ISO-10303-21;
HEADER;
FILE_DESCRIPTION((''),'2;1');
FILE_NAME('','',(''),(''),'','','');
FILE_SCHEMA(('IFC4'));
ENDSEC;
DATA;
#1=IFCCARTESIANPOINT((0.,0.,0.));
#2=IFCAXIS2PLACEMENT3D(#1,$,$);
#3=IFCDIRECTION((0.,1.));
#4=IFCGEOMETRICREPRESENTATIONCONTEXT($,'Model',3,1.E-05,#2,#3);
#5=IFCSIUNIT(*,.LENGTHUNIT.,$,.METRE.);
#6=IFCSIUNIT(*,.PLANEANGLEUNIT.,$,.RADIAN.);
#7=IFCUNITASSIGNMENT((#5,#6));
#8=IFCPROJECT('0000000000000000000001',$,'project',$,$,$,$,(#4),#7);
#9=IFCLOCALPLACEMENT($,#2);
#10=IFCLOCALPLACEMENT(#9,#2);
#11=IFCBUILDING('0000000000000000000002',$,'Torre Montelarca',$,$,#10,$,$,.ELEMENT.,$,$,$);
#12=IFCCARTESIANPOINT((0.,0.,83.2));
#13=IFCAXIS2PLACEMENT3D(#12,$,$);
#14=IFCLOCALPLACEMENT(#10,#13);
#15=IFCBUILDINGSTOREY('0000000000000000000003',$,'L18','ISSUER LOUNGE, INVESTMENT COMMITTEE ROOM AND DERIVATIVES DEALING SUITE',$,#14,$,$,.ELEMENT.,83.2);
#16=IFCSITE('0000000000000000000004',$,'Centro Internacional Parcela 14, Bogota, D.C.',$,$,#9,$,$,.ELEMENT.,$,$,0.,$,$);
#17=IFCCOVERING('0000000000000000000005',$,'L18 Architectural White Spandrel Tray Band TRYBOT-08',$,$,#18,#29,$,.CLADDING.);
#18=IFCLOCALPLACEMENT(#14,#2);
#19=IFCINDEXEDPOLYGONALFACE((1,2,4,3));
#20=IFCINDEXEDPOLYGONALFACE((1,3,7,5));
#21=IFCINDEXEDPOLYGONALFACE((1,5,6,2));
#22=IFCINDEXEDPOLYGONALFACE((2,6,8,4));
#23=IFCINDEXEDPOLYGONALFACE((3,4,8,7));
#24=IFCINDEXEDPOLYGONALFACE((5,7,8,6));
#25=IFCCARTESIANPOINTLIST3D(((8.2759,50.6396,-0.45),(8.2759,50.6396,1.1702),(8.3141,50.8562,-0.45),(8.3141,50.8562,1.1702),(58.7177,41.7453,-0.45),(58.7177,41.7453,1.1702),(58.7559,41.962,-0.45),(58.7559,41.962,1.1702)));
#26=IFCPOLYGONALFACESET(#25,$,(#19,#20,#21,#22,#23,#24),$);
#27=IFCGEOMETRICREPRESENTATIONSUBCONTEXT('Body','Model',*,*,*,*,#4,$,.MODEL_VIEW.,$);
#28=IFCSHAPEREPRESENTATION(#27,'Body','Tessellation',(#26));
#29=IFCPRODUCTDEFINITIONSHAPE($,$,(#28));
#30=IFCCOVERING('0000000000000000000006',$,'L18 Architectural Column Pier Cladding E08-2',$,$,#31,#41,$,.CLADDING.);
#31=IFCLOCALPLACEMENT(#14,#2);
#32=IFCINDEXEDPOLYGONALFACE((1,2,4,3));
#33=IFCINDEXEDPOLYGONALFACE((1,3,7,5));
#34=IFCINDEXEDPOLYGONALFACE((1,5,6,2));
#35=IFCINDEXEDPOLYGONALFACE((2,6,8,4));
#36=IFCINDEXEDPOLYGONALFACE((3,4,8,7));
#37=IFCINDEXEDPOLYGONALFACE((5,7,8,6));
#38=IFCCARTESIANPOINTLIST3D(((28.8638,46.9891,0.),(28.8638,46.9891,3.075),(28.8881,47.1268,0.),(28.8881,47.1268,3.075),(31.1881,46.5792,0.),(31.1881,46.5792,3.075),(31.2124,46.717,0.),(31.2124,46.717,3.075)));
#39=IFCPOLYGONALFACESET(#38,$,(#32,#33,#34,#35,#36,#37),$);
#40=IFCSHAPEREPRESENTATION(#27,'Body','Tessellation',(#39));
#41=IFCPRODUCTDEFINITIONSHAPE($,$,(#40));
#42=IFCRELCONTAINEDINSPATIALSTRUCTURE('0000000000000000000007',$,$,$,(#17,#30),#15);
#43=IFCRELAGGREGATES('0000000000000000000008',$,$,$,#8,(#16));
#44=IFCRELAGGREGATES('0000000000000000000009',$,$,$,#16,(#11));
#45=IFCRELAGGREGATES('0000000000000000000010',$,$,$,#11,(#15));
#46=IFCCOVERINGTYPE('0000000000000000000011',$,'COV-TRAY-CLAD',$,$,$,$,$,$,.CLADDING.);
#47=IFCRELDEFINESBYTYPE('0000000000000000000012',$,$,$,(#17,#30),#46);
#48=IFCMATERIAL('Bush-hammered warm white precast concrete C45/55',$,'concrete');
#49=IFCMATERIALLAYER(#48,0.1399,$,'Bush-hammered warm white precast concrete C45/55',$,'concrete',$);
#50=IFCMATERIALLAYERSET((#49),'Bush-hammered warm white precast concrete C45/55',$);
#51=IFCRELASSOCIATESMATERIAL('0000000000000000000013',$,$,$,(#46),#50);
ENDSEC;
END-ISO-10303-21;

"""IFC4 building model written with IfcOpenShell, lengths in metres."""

from ifc_helpers import new_model, si_unit, direction, frame, origin, origin_2d, place, context, subcontext, project, spatial, rectangle, extrude, source, transform, mapped, material, layer, layer_set, type_object, element, save


model = new_model("IFC4")

# Units and contexts
model_context = context("Model", 3, precision=1e-05, world=origin(), true_north=direction((0.0, 1.0)))
body_context = subcontext(model_context, "Body", "Model", "MODEL_VIEW")
ifc_project = project(units=[si_unit("LENGTHUNIT", "METRE"), si_unit("PLANEANGLEUNIT", "RADIAN")], contexts=[model_context])

# Site, building, storey
site_placement = place(None, origin())
site = spatial("IfcSite", under=ifc_project, at=site_placement, Name="Centro Internacional Parcela 14, Bogota, D.C.", CompositionType="ELEMENT", RefElevation=0.0)
building_placement = place(site_placement, origin())
building = spatial("IfcBuilding", under=site, at=building_placement, Name="Torre Montelarca", CompositionType="ELEMENT")
storey_placement = place(building_placement, frame((0.0, 0.0, 83.2)))
storey = spatial("IfcBuildingStorey", under=building, at=storey_placement, Name="L18", Description="ISSUER LOUNGE, INVESTMENT COMMITTEE ROOM AND DERIVATIVES DEALING SUITE", CompositionType="ELEMENT", Elevation=83.2)

# Coverings
ifc_material_1 = material(Name="Bush-hammered warm white precast concrete C45/55", Category="concrete")
ifc_layer_1 = layer(ifc_material_1, 0.1399, Name="Bush-hammered warm white precast concrete C45/55", Category="concrete")
ifc_layer_set_1 = layer_set([ifc_layer_1], Name="Bush-hammered warm white precast concrete C45/55")
covering_type = type_object("IfcCoveringType", Name="COV-TRAY-CLAD", PredefinedType="CLADDING", material=ifc_layer_set_1)
shared_shape_1 = source(origin(), body_context, "Body", "SweptSolid", [
    extrude(rectangle(XDim=51.22, YDim=0.22, at=origin_2d()), origin(), (0.0, 0.0, 1.0), 1.6201),
])
covering_1_placement = place(storey_placement, frame((33.5159, 46.3008, -0.45), z_axis=(0.0, 0.0, 1.0), x_axis=(-0.984808, 0.173648, 0.0)))
element("IfcCovering", 1, at=covering_1_placement, inside=storey, type_object=covering_type, Name="L18 Architectural White Spandrel Tray Band TRYBOT-08", PredefinedType="CLADDING", context=body_context, shape_type="MappedRepresentation", body=[
    mapped(shared_shape_1, transform((0.0, 0.0, 0.0), scale=1.0)),
])
shared_shape_2 = source(origin(), body_context, "Body", "SweptSolid", [
    extrude(rectangle(XDim=2.3601, YDim=0.1399, at=origin_2d()), origin(), (0.0, 0.0, 1.0), 3.075),
])
covering_2_placement = place(storey_placement, frame((30.0381, 46.853, 0.0), z_axis=(0.0, 0.0, 1.0), x_axis=(-0.984808, 0.173646, 0.0)))
element("IfcCovering", 2, at=covering_2_placement, inside=storey, type_object=covering_type, Name="L18 Architectural Column Pier Cladding E08-2", PredefinedType="CLADDING", context=body_context, shape_type="MappedRepresentation", body=[
    mapped(shared_shape_2, transform((0.0, 0.0, 0.0), scale=1.0)),
])

save(model, "model.ifc")
